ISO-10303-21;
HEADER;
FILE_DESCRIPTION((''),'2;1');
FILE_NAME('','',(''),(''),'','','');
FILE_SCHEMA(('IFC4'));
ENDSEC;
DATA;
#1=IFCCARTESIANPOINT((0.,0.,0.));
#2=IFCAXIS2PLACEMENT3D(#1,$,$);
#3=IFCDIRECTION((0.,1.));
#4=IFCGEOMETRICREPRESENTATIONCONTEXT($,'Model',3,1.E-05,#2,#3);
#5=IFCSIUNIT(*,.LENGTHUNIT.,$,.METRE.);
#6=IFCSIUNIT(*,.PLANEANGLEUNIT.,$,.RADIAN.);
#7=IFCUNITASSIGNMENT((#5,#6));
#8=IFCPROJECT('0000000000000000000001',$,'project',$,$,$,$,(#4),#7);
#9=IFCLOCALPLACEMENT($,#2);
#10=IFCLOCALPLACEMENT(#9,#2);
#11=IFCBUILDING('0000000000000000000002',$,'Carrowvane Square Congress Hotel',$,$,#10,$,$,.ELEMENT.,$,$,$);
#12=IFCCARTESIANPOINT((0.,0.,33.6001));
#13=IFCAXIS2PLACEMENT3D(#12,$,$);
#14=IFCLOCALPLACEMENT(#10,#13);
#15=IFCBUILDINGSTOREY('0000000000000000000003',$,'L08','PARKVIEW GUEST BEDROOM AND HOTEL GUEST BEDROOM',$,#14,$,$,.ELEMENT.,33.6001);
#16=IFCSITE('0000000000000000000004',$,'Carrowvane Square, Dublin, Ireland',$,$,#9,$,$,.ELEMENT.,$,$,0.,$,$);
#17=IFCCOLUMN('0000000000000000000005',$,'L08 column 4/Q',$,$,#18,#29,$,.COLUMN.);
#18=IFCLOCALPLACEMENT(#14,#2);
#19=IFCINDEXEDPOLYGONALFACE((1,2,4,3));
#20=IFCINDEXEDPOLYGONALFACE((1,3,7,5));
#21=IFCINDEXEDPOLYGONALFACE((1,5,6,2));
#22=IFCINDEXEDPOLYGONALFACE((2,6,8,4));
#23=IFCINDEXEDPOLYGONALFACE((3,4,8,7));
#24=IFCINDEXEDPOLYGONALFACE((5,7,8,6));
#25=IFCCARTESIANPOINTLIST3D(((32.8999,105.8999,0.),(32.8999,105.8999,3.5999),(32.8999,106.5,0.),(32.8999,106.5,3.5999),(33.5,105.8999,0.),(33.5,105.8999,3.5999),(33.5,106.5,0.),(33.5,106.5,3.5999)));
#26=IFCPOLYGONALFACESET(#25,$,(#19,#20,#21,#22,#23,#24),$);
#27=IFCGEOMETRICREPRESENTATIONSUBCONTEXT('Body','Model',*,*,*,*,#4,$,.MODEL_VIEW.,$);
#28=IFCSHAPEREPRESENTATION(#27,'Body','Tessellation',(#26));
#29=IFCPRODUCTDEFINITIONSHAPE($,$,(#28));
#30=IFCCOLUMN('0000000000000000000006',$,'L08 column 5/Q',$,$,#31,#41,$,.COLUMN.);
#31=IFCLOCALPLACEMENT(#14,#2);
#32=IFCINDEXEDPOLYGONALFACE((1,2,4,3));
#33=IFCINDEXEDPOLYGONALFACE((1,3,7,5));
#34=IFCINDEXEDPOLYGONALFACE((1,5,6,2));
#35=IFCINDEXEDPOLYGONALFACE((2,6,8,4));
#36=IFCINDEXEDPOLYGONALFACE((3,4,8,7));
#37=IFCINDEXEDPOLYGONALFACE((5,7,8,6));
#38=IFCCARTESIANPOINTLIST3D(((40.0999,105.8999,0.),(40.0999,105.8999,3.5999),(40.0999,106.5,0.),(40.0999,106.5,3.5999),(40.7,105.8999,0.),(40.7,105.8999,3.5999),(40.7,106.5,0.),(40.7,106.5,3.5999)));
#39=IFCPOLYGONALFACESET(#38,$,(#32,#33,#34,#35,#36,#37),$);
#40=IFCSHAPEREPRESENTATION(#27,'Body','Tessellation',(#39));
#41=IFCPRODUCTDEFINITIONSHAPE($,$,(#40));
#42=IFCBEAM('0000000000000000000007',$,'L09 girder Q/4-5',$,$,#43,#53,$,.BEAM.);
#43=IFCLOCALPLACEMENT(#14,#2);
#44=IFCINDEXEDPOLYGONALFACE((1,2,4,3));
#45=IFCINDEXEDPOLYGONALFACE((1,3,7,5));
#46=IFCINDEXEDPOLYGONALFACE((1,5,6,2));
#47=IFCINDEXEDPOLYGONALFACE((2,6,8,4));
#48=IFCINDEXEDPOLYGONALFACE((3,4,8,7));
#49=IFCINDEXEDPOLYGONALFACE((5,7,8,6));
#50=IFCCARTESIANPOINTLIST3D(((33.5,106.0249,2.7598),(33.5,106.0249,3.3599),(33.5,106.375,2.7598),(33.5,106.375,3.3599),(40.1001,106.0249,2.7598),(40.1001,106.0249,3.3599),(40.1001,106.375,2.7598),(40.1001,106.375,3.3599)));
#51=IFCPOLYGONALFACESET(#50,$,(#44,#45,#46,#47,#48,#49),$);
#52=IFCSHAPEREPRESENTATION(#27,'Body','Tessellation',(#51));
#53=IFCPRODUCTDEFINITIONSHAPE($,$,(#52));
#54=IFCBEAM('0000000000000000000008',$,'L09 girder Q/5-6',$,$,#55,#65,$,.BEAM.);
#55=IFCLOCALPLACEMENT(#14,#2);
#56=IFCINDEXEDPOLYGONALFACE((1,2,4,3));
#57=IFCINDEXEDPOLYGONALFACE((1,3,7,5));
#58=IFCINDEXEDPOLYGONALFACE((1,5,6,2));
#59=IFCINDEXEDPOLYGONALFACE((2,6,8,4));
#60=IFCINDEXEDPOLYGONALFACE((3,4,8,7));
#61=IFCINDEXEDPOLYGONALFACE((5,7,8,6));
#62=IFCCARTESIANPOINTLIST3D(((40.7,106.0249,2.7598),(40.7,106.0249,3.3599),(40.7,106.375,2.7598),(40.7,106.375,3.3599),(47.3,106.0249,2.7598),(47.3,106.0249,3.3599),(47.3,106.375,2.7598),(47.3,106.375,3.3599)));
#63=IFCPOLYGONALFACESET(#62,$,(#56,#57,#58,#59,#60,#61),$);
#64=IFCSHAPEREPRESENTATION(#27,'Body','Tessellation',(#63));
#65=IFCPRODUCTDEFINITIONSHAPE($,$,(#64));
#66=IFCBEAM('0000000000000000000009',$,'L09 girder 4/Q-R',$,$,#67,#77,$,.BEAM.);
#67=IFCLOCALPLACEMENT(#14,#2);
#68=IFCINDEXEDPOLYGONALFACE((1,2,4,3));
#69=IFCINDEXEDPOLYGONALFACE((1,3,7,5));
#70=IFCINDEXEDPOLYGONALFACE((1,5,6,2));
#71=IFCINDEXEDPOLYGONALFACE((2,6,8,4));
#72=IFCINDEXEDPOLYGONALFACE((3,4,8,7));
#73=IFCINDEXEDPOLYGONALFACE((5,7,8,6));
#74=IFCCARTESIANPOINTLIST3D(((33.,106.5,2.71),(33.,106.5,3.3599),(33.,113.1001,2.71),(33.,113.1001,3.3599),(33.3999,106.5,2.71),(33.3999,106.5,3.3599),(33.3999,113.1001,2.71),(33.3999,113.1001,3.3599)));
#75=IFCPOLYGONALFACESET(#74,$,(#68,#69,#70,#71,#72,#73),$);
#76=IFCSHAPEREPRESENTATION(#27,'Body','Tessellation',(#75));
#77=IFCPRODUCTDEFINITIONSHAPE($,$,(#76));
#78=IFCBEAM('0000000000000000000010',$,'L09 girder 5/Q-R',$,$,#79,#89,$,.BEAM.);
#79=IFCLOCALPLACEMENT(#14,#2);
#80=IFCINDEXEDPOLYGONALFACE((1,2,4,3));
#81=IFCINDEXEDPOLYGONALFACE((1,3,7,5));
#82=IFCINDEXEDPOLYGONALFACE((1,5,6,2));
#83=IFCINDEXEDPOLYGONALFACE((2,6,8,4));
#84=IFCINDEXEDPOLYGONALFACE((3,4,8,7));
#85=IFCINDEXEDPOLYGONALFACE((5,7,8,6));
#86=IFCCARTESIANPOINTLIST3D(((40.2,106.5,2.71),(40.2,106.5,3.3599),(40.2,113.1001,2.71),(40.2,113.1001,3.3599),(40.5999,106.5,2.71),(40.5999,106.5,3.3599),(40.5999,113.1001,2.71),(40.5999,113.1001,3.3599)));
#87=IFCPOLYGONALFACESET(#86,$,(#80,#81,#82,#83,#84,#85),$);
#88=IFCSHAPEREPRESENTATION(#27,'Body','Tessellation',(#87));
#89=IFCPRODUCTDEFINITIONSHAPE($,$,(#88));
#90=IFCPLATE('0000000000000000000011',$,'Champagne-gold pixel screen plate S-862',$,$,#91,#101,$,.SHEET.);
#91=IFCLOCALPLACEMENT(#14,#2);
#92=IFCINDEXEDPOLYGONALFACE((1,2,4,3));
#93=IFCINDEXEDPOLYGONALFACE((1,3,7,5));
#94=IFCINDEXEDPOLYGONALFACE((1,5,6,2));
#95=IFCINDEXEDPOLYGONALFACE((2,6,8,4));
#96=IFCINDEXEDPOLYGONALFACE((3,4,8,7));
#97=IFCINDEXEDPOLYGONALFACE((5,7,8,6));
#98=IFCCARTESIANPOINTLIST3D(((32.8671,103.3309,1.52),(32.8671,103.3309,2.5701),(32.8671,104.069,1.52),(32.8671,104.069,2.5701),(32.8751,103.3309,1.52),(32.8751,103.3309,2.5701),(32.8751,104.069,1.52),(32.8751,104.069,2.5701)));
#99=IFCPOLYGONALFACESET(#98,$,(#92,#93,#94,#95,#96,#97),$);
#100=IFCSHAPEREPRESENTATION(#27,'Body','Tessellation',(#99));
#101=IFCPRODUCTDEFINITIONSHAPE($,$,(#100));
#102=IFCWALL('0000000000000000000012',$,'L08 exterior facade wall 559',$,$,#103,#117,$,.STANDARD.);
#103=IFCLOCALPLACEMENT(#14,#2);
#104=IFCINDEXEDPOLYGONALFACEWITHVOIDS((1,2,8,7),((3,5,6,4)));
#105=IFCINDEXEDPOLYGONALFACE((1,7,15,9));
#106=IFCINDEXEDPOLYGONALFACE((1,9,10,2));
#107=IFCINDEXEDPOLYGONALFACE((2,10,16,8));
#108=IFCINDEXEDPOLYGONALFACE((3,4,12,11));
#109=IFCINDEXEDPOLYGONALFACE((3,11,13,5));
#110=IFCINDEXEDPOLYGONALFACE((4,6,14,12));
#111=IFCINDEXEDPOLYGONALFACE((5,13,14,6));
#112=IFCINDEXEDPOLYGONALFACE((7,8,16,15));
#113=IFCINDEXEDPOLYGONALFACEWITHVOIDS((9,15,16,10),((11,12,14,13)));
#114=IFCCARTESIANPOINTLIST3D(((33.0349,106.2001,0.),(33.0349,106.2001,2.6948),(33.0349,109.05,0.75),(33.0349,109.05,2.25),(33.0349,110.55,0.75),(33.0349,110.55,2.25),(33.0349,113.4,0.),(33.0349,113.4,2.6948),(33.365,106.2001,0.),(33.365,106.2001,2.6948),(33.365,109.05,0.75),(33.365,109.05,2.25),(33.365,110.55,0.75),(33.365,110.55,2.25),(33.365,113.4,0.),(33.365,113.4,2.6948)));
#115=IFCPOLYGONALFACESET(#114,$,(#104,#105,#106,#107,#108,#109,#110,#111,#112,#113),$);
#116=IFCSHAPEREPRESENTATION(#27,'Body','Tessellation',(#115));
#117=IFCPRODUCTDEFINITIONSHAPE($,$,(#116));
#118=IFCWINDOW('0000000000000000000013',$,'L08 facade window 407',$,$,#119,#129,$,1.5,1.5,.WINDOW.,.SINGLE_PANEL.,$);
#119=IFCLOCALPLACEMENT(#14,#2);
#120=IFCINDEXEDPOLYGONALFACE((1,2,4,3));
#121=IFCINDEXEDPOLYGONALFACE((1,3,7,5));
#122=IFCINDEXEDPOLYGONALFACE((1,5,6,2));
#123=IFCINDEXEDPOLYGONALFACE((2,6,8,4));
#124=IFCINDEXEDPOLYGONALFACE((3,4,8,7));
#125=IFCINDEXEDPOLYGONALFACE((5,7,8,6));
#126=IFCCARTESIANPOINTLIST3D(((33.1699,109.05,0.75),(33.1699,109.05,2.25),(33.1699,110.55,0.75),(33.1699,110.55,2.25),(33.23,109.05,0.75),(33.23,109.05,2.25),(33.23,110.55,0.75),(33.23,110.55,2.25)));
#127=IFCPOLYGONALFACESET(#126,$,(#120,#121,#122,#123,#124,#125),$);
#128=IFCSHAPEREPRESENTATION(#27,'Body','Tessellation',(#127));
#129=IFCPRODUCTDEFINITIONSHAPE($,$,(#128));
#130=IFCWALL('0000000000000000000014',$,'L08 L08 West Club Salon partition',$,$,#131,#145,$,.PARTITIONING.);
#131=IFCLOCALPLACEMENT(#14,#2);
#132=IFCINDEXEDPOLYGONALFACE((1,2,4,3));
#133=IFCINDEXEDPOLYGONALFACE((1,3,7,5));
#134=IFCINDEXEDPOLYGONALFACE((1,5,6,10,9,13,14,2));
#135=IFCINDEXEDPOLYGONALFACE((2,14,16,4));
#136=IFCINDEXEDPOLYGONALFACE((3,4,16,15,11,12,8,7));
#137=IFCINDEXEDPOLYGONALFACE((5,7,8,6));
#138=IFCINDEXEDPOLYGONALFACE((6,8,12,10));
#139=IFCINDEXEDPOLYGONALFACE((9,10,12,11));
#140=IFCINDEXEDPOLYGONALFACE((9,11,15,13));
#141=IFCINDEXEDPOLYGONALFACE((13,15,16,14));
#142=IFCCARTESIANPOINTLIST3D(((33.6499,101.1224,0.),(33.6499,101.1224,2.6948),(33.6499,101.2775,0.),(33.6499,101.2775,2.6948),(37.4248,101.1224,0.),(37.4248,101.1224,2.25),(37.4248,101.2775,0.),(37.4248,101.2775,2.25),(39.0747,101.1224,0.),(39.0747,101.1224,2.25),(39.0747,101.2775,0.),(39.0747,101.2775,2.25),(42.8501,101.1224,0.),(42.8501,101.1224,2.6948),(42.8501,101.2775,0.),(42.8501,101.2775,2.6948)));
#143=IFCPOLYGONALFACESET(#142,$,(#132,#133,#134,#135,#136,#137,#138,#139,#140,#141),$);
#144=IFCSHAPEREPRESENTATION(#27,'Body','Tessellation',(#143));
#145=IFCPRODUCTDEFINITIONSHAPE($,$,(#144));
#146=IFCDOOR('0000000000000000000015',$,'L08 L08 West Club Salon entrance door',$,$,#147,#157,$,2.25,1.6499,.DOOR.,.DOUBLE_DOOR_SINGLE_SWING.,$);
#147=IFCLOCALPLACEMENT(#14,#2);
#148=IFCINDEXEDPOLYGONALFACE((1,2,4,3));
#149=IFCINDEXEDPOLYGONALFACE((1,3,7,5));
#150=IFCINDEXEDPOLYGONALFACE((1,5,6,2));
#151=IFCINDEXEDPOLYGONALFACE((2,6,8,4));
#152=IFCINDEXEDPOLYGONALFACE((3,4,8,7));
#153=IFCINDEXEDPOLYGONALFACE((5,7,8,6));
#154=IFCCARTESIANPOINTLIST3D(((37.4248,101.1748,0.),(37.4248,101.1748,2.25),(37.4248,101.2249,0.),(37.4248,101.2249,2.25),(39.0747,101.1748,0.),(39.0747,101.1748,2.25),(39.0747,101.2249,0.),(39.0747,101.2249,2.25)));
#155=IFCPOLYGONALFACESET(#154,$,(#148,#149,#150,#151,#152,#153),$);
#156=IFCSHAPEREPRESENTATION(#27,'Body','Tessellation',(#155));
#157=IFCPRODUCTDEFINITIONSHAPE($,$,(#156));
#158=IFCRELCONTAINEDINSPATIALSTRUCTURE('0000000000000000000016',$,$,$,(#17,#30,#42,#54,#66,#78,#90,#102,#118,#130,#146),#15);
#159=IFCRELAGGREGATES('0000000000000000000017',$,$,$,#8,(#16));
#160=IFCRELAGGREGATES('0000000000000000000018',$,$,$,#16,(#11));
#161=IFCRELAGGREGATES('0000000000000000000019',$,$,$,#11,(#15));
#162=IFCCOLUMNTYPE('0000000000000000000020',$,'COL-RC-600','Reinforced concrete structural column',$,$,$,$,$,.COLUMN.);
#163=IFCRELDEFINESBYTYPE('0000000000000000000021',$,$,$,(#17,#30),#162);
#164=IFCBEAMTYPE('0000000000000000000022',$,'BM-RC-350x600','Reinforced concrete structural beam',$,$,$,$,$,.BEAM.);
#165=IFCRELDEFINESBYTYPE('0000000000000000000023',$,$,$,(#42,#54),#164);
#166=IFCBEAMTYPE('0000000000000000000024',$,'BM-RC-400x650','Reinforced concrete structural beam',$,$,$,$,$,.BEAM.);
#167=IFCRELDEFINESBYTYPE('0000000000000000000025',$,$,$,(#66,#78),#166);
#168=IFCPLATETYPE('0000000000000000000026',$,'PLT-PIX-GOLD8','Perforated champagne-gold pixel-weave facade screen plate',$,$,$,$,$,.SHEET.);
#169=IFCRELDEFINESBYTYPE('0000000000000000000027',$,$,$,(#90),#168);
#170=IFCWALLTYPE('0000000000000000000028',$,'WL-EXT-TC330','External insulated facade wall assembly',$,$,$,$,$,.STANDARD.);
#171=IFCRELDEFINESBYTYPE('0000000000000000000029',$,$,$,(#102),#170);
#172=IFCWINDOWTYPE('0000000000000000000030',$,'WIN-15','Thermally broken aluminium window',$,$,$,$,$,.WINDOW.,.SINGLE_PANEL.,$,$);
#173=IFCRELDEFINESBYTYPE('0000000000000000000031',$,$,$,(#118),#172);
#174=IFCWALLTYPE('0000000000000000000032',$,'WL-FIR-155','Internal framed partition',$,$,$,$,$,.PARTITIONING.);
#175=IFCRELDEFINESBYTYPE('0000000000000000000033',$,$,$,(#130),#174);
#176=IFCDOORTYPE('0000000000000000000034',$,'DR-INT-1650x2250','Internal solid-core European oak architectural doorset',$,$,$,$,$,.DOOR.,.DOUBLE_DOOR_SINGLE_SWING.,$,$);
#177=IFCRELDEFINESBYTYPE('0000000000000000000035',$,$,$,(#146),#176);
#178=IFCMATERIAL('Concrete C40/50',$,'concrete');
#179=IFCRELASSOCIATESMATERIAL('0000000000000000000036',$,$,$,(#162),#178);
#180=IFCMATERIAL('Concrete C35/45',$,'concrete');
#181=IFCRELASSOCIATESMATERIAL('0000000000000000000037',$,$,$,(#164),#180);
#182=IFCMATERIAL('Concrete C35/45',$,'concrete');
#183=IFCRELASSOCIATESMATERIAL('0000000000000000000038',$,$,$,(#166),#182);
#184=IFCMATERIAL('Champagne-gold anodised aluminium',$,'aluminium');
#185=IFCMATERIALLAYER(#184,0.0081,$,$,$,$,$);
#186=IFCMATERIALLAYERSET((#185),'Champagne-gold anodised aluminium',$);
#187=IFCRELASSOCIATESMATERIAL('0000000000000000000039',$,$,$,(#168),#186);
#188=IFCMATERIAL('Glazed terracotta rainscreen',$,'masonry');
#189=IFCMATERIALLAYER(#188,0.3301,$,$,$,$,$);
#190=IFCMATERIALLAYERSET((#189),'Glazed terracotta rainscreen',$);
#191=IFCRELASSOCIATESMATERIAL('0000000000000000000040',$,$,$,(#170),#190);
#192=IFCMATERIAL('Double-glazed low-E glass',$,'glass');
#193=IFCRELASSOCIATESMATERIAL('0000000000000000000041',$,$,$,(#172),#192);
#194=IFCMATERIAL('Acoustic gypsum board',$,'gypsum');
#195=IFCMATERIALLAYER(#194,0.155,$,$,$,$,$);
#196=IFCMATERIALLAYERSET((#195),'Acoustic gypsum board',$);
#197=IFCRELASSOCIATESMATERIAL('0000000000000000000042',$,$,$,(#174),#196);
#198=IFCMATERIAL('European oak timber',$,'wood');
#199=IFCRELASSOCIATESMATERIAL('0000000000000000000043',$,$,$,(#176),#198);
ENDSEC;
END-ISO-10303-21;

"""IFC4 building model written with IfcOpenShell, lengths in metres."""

from ifc_helpers import new_model, si_unit, direction, frame, frame_2d, origin, origin_2d, place, context, subcontext, project, spatial, rectangle, extrude, material, layer, layer_set, material_profile, profile_set, type_object, element, fill, save


model = new_model("IFC4")

# Units and contexts
model_context = context("Model", 3, precision=1e-05, world=origin(), true_north=direction((0.0, 1.0)))
body_context = subcontext(model_context, "Body", "Model", "MODEL_VIEW")
ifc_project = project(units=[si_unit("LENGTHUNIT", "METRE"), si_unit("PLANEANGLEUNIT", "RADIAN")], contexts=[model_context])

# Site, building, storey
site_placement = place(None, origin())
site = spatial("IfcSite", under=ifc_project, at=site_placement, Name="Carrowvane Square, Dublin, Ireland", CompositionType="ELEMENT", RefElevation=0.0)
building_placement = place(site_placement, origin())
building = spatial("IfcBuilding", under=site, at=building_placement, Name="Carrowvane Square Congress Hotel", CompositionType="ELEMENT")
storey_placement = place(building_placement, frame((0.0, 0.0, 33.6001)))
storey = spatial("IfcBuildingStorey", under=building, at=storey_placement, Name="L08", Description="PARKVIEW GUEST BEDROOM AND HOTEL GUEST BEDROOM", CompositionType="ELEMENT", Elevation=33.6001)

# Columns
ifc_material_1 = material(Name="Concrete C40/50", Category="concrete")
ifc_material_profile_1 = material_profile(ifc_material_1, rectangle(XDim=0.6001, YDim=0.6001, at=origin_2d()), Name="RC 600x600")
ifc_profile_set_1 = profile_set([ifc_material_profile_1], Name="Concrete C40/50")
column_type = type_object("IfcColumnType", Name="COL-RC-600", Description="Reinforced concrete structural column", PredefinedType="COLUMN", material=ifc_profile_set_1)
for number, where, z_axis, x_axis, name in (
    (1, (33.2, 106.2, 0.0), (0.0, 0.0, 1.0), (1.0, 0.0, 0.0), "L08 column 4/Q"),
    (2, (40.3999, 106.2, 0.0), (0.0, 0.0, 1.0), (1.0, 0.0, 0.0), "L08 column 5/Q"),
):
    element("IfcColumn", number, at=place(storey_placement, frame(where, z_axis=z_axis, x_axis=x_axis)), inside=storey, type_object=column_type, Name=name, PredefinedType="COLUMN", context=body_context, shape_type="SweptSolid", body=[
        extrude(rectangle(XDim=0.6001, YDim=0.6001, at=origin_2d()), origin(), (0.0, 0.0, 1.0), 3.5999),
    ])

# Beams
ifc_material_2 = material(Name="Concrete C35/45", Category="concrete")
ifc_material_profile_2 = material_profile(ifc_material_2, rectangle(XDim=0.3501, YDim=0.6001, at=origin_2d()), Name="RC 350x600")
ifc_profile_set_2 = profile_set([ifc_material_profile_2], Name="Concrete C35/45")
beam_type_1 = type_object("IfcBeamType", Name="BM-RC-350x600", Description="Reinforced concrete structural beam", PredefinedType="BEAM", material=ifc_profile_set_2)
for number, where, z_axis, x_axis, name in (
    (3, (33.5, 106.2, 3.0598), (1.0, 0.0, 0.0), (0.0, 1.0, 0.0), "L09 girder Q/4-5"),
    (4, (40.7, 106.2, 3.0598), (1.0, 0.0, 0.0), (0.0, 1.0, 0.0), "L09 girder Q/5-6"),
):
    element("IfcBeam", number, at=place(storey_placement, frame(where, z_axis=z_axis, x_axis=x_axis)), inside=storey, type_object=beam_type_1, Name=name, PredefinedType="BEAM", context=body_context, shape_type="SweptSolid", body=[
        extrude(rectangle(XDim=0.3501, YDim=0.6001, at=origin_2d()), origin(), (0.0, 0.0, 1.0), 6.6001),
    ])
ifc_material_3 = material(Name="Concrete C35/45", Category="concrete")
ifc_material_profile_3 = material_profile(ifc_material_3, rectangle(XDim=0.3999, YDim=0.6499, at=origin_2d()), Name="RC 400x650")
ifc_profile_set_3 = profile_set([ifc_material_profile_3], Name="Concrete C35/45")
beam_type_2 = type_object("IfcBeamType", Name="BM-RC-400x650", Description="Reinforced concrete structural beam", PredefinedType="BEAM", material=ifc_profile_set_3)
for number, where, z_axis, x_axis, name in (
    (5, (33.2, 106.5, 3.0349), (0.0, 1.0, 0.0), (-1.0, 0.0, 0.0), "L09 girder 4/Q-R"),
    (6, (40.3999, 106.5, 3.0349), (0.0, 1.0, 0.0), (-1.0, 0.0, 0.0), "L09 girder 5/Q-R"),
):
    element("IfcBeam", number, at=place(storey_placement, frame(where, z_axis=z_axis, x_axis=x_axis)), inside=storey, type_object=beam_type_2, Name=name, PredefinedType="BEAM", context=body_context, shape_type="SweptSolid", body=[
        extrude(rectangle(XDim=0.3999, YDim=0.6499, at=origin_2d()), origin(), (0.0, 0.0, 1.0), 6.6001),
    ])

# Plate
ifc_material_4 = material(Name="Champagne-gold anodised aluminium", Category="aluminium")
ifc_layer_1 = layer(ifc_material_4, 0.0081)
ifc_layer_set_1 = layer_set([ifc_layer_1], Name="Champagne-gold anodised aluminium")
plate_type = type_object("IfcPlateType", Name="PLT-PIX-GOLD8", Description="Perforated champagne-gold pixel-weave facade screen plate", PredefinedType="SHEET", material=ifc_layer_set_1)
plate_placement = place(storey_placement, frame((32.8711, 103.7, 1.52), z_axis=(0.0, 0.0, 1.0), x_axis=(0.0, 1.0, 0.0)))
element("IfcPlate", 7, at=plate_placement, inside=storey, type_object=plate_type, Name="Champagne-gold pixel screen plate S-862", PredefinedType="SHEET", context=body_context, shape_type="SweptSolid", body=[
    extrude(rectangle(XDim=0.738, YDim=0.0081, at=origin_2d()), origin(), (0.0, 0.0, 1.0), 1.05),
])

# Wall, opening, window
ifc_material_5 = material(Name="Glazed terracotta rainscreen", Category="masonry")
ifc_layer_2 = layer(ifc_material_5, 0.3301)
ifc_layer_set_2 = layer_set([ifc_layer_2], Name="Glazed terracotta rainscreen")
wall_type_1 = type_object("IfcWallType", Name="WL-EXT-TC330", Description="External insulated facade wall assembly", PredefinedType="STANDARD", material=ifc_layer_set_2)
wall_1_placement = place(storey_placement, frame((33.2, 106.2, 0.0), z_axis=(0.0, 0.0, 1.0), x_axis=(0.0, 1.0, 0.0)))
wall_1 = element("IfcWall", 8, at=wall_1_placement, inside=storey, type_object=wall_type_1, Name="L08 exterior facade wall 559", PredefinedType="STANDARD", context=body_context, shape_type="SweptSolid", body=[
    extrude(rectangle(XDim=7.2, YDim=0.3301, at=frame_2d((3.6001, 0.0))), origin(), (0.0, 0.0, 1.0), 2.6948),
])
opening_1_placement = place(wall_1_placement, frame((2.8501, 0.0, 0.75)))
opening_1 = element("IfcOpeningElement", 9, at=opening_1_placement, cuts=wall_1, PredefinedType="OPENING", context=body_context, shape_type="SweptSolid", body=[
    extrude(rectangle(XDim=1.5, YDim=1.5, at=frame_2d((0.75, 0.75))), frame((0.0, 0.175, 0.0), z_axis=(0.0, -1.0, 0.0), x_axis=(1.0, 0.0, 0.0)), (0.0, 0.0, 1.0), 0.3501),
])
ifc_material_6 = material(Name="Double-glazed low-E glass", Category="glass")
window_type = type_object("IfcWindowType", Name="WIN-15", Description="Thermally broken aluminium window", PartitioningType="SINGLE_PANEL", PredefinedType="WINDOW", material=ifc_material_6)
window_placement = place(opening_1_placement, origin())
window = element("IfcWindow", 10, at=window_placement, inside=storey, type_object=window_type, Name="L08 facade window 407", OverallHeight=1.5, OverallWidth=1.5, PartitioningType="SINGLE_PANEL", PredefinedType="WINDOW", context=body_context, shape_type="SweptSolid", body=[
    extrude(rectangle(XDim=1.5, YDim=1.5, at=frame_2d((0.75, 0.75))), frame((0.0, 0.03, 0.0), z_axis=(0.0, -1.0, 0.0), x_axis=(1.0, 0.0, 0.0)), (0.0, 0.0, 1.0), 0.0601),
])
fill(opening_1, window)

# Wall, opening, door
ifc_material_7 = material(Name="Acoustic gypsum board", Category="gypsum")
ifc_layer_3 = layer(ifc_material_7, 0.155)
ifc_layer_set_3 = layer_set([ifc_layer_3], Name="Acoustic gypsum board")
wall_type_2 = type_object("IfcWallType", Name="WL-FIR-155", Description="Internal framed partition", PredefinedType="PARTITIONING", material=ifc_layer_set_3)
wall_2_placement = place(storey_placement, frame((33.6499, 101.2, 0.0), z_axis=(0.0, 0.0, 1.0), x_axis=(1.0, 0.0, 0.0)))
wall_2 = element("IfcWall", 11, at=wall_2_placement, inside=storey, type_object=wall_type_2, Name="L08 L08 West Club Salon partition", PredefinedType="PARTITIONING", context=body_context, shape_type="SweptSolid", body=[
    extrude(rectangle(XDim=9.2002, YDim=0.155, at=frame_2d((4.6001, 0.0))), origin(), (0.0, 0.0, 1.0), 2.6948),
])
opening_2_placement = place(wall_2_placement, frame((3.7749, 0.0, 0.0)))
opening_2 = element("IfcOpeningElement", 12, at=opening_2_placement, cuts=wall_2, PredefinedType="OPENING", context=body_context, shape_type="SweptSolid", body=[
    extrude(rectangle(XDim=1.6499, YDim=2.25, at=frame_2d((0.825, 1.125))), frame((0.0, 0.0874, 0.0), z_axis=(0.0, -1.0, 0.0), x_axis=(1.0, 0.0, 0.0)), (0.0, 0.0, 1.0), 0.175),
])
ifc_material_8 = material(Name="European oak timber", Category="wood")
door_type_1 = type_object("IfcDoorType", Name="DR-INT-1650x2250", Description="Internal solid-core European oak architectural doorset", OperationType="DOUBLE_DOOR_SINGLE_SWING", PredefinedType="DOOR", material=ifc_material_8)
door_1_placement = place(opening_2_placement, origin())
door_1 = element("IfcDoor", 13, at=door_1_placement, inside=storey, type_object=door_type_1, Name="L08 L08 West Club Salon entrance door", OperationType="DOUBLE_DOOR_SINGLE_SWING", OverallHeight=2.25, OverallWidth=1.6499, PredefinedType="DOOR", context=body_context, shape_type="SweptSolid", body=[
    extrude(rectangle(XDim=1.6499, YDim=2.25, at=frame_2d((0.825, 1.125))), frame((0.0, 0.0249, 0.0), z_axis=(0.0, -1.0, 0.0), x_axis=(1.0, 0.0, 0.0)), (0.0, 0.0, 1.0), 0.05),
])
fill(opening_2, door_1)

save(model, "model.ifc")
